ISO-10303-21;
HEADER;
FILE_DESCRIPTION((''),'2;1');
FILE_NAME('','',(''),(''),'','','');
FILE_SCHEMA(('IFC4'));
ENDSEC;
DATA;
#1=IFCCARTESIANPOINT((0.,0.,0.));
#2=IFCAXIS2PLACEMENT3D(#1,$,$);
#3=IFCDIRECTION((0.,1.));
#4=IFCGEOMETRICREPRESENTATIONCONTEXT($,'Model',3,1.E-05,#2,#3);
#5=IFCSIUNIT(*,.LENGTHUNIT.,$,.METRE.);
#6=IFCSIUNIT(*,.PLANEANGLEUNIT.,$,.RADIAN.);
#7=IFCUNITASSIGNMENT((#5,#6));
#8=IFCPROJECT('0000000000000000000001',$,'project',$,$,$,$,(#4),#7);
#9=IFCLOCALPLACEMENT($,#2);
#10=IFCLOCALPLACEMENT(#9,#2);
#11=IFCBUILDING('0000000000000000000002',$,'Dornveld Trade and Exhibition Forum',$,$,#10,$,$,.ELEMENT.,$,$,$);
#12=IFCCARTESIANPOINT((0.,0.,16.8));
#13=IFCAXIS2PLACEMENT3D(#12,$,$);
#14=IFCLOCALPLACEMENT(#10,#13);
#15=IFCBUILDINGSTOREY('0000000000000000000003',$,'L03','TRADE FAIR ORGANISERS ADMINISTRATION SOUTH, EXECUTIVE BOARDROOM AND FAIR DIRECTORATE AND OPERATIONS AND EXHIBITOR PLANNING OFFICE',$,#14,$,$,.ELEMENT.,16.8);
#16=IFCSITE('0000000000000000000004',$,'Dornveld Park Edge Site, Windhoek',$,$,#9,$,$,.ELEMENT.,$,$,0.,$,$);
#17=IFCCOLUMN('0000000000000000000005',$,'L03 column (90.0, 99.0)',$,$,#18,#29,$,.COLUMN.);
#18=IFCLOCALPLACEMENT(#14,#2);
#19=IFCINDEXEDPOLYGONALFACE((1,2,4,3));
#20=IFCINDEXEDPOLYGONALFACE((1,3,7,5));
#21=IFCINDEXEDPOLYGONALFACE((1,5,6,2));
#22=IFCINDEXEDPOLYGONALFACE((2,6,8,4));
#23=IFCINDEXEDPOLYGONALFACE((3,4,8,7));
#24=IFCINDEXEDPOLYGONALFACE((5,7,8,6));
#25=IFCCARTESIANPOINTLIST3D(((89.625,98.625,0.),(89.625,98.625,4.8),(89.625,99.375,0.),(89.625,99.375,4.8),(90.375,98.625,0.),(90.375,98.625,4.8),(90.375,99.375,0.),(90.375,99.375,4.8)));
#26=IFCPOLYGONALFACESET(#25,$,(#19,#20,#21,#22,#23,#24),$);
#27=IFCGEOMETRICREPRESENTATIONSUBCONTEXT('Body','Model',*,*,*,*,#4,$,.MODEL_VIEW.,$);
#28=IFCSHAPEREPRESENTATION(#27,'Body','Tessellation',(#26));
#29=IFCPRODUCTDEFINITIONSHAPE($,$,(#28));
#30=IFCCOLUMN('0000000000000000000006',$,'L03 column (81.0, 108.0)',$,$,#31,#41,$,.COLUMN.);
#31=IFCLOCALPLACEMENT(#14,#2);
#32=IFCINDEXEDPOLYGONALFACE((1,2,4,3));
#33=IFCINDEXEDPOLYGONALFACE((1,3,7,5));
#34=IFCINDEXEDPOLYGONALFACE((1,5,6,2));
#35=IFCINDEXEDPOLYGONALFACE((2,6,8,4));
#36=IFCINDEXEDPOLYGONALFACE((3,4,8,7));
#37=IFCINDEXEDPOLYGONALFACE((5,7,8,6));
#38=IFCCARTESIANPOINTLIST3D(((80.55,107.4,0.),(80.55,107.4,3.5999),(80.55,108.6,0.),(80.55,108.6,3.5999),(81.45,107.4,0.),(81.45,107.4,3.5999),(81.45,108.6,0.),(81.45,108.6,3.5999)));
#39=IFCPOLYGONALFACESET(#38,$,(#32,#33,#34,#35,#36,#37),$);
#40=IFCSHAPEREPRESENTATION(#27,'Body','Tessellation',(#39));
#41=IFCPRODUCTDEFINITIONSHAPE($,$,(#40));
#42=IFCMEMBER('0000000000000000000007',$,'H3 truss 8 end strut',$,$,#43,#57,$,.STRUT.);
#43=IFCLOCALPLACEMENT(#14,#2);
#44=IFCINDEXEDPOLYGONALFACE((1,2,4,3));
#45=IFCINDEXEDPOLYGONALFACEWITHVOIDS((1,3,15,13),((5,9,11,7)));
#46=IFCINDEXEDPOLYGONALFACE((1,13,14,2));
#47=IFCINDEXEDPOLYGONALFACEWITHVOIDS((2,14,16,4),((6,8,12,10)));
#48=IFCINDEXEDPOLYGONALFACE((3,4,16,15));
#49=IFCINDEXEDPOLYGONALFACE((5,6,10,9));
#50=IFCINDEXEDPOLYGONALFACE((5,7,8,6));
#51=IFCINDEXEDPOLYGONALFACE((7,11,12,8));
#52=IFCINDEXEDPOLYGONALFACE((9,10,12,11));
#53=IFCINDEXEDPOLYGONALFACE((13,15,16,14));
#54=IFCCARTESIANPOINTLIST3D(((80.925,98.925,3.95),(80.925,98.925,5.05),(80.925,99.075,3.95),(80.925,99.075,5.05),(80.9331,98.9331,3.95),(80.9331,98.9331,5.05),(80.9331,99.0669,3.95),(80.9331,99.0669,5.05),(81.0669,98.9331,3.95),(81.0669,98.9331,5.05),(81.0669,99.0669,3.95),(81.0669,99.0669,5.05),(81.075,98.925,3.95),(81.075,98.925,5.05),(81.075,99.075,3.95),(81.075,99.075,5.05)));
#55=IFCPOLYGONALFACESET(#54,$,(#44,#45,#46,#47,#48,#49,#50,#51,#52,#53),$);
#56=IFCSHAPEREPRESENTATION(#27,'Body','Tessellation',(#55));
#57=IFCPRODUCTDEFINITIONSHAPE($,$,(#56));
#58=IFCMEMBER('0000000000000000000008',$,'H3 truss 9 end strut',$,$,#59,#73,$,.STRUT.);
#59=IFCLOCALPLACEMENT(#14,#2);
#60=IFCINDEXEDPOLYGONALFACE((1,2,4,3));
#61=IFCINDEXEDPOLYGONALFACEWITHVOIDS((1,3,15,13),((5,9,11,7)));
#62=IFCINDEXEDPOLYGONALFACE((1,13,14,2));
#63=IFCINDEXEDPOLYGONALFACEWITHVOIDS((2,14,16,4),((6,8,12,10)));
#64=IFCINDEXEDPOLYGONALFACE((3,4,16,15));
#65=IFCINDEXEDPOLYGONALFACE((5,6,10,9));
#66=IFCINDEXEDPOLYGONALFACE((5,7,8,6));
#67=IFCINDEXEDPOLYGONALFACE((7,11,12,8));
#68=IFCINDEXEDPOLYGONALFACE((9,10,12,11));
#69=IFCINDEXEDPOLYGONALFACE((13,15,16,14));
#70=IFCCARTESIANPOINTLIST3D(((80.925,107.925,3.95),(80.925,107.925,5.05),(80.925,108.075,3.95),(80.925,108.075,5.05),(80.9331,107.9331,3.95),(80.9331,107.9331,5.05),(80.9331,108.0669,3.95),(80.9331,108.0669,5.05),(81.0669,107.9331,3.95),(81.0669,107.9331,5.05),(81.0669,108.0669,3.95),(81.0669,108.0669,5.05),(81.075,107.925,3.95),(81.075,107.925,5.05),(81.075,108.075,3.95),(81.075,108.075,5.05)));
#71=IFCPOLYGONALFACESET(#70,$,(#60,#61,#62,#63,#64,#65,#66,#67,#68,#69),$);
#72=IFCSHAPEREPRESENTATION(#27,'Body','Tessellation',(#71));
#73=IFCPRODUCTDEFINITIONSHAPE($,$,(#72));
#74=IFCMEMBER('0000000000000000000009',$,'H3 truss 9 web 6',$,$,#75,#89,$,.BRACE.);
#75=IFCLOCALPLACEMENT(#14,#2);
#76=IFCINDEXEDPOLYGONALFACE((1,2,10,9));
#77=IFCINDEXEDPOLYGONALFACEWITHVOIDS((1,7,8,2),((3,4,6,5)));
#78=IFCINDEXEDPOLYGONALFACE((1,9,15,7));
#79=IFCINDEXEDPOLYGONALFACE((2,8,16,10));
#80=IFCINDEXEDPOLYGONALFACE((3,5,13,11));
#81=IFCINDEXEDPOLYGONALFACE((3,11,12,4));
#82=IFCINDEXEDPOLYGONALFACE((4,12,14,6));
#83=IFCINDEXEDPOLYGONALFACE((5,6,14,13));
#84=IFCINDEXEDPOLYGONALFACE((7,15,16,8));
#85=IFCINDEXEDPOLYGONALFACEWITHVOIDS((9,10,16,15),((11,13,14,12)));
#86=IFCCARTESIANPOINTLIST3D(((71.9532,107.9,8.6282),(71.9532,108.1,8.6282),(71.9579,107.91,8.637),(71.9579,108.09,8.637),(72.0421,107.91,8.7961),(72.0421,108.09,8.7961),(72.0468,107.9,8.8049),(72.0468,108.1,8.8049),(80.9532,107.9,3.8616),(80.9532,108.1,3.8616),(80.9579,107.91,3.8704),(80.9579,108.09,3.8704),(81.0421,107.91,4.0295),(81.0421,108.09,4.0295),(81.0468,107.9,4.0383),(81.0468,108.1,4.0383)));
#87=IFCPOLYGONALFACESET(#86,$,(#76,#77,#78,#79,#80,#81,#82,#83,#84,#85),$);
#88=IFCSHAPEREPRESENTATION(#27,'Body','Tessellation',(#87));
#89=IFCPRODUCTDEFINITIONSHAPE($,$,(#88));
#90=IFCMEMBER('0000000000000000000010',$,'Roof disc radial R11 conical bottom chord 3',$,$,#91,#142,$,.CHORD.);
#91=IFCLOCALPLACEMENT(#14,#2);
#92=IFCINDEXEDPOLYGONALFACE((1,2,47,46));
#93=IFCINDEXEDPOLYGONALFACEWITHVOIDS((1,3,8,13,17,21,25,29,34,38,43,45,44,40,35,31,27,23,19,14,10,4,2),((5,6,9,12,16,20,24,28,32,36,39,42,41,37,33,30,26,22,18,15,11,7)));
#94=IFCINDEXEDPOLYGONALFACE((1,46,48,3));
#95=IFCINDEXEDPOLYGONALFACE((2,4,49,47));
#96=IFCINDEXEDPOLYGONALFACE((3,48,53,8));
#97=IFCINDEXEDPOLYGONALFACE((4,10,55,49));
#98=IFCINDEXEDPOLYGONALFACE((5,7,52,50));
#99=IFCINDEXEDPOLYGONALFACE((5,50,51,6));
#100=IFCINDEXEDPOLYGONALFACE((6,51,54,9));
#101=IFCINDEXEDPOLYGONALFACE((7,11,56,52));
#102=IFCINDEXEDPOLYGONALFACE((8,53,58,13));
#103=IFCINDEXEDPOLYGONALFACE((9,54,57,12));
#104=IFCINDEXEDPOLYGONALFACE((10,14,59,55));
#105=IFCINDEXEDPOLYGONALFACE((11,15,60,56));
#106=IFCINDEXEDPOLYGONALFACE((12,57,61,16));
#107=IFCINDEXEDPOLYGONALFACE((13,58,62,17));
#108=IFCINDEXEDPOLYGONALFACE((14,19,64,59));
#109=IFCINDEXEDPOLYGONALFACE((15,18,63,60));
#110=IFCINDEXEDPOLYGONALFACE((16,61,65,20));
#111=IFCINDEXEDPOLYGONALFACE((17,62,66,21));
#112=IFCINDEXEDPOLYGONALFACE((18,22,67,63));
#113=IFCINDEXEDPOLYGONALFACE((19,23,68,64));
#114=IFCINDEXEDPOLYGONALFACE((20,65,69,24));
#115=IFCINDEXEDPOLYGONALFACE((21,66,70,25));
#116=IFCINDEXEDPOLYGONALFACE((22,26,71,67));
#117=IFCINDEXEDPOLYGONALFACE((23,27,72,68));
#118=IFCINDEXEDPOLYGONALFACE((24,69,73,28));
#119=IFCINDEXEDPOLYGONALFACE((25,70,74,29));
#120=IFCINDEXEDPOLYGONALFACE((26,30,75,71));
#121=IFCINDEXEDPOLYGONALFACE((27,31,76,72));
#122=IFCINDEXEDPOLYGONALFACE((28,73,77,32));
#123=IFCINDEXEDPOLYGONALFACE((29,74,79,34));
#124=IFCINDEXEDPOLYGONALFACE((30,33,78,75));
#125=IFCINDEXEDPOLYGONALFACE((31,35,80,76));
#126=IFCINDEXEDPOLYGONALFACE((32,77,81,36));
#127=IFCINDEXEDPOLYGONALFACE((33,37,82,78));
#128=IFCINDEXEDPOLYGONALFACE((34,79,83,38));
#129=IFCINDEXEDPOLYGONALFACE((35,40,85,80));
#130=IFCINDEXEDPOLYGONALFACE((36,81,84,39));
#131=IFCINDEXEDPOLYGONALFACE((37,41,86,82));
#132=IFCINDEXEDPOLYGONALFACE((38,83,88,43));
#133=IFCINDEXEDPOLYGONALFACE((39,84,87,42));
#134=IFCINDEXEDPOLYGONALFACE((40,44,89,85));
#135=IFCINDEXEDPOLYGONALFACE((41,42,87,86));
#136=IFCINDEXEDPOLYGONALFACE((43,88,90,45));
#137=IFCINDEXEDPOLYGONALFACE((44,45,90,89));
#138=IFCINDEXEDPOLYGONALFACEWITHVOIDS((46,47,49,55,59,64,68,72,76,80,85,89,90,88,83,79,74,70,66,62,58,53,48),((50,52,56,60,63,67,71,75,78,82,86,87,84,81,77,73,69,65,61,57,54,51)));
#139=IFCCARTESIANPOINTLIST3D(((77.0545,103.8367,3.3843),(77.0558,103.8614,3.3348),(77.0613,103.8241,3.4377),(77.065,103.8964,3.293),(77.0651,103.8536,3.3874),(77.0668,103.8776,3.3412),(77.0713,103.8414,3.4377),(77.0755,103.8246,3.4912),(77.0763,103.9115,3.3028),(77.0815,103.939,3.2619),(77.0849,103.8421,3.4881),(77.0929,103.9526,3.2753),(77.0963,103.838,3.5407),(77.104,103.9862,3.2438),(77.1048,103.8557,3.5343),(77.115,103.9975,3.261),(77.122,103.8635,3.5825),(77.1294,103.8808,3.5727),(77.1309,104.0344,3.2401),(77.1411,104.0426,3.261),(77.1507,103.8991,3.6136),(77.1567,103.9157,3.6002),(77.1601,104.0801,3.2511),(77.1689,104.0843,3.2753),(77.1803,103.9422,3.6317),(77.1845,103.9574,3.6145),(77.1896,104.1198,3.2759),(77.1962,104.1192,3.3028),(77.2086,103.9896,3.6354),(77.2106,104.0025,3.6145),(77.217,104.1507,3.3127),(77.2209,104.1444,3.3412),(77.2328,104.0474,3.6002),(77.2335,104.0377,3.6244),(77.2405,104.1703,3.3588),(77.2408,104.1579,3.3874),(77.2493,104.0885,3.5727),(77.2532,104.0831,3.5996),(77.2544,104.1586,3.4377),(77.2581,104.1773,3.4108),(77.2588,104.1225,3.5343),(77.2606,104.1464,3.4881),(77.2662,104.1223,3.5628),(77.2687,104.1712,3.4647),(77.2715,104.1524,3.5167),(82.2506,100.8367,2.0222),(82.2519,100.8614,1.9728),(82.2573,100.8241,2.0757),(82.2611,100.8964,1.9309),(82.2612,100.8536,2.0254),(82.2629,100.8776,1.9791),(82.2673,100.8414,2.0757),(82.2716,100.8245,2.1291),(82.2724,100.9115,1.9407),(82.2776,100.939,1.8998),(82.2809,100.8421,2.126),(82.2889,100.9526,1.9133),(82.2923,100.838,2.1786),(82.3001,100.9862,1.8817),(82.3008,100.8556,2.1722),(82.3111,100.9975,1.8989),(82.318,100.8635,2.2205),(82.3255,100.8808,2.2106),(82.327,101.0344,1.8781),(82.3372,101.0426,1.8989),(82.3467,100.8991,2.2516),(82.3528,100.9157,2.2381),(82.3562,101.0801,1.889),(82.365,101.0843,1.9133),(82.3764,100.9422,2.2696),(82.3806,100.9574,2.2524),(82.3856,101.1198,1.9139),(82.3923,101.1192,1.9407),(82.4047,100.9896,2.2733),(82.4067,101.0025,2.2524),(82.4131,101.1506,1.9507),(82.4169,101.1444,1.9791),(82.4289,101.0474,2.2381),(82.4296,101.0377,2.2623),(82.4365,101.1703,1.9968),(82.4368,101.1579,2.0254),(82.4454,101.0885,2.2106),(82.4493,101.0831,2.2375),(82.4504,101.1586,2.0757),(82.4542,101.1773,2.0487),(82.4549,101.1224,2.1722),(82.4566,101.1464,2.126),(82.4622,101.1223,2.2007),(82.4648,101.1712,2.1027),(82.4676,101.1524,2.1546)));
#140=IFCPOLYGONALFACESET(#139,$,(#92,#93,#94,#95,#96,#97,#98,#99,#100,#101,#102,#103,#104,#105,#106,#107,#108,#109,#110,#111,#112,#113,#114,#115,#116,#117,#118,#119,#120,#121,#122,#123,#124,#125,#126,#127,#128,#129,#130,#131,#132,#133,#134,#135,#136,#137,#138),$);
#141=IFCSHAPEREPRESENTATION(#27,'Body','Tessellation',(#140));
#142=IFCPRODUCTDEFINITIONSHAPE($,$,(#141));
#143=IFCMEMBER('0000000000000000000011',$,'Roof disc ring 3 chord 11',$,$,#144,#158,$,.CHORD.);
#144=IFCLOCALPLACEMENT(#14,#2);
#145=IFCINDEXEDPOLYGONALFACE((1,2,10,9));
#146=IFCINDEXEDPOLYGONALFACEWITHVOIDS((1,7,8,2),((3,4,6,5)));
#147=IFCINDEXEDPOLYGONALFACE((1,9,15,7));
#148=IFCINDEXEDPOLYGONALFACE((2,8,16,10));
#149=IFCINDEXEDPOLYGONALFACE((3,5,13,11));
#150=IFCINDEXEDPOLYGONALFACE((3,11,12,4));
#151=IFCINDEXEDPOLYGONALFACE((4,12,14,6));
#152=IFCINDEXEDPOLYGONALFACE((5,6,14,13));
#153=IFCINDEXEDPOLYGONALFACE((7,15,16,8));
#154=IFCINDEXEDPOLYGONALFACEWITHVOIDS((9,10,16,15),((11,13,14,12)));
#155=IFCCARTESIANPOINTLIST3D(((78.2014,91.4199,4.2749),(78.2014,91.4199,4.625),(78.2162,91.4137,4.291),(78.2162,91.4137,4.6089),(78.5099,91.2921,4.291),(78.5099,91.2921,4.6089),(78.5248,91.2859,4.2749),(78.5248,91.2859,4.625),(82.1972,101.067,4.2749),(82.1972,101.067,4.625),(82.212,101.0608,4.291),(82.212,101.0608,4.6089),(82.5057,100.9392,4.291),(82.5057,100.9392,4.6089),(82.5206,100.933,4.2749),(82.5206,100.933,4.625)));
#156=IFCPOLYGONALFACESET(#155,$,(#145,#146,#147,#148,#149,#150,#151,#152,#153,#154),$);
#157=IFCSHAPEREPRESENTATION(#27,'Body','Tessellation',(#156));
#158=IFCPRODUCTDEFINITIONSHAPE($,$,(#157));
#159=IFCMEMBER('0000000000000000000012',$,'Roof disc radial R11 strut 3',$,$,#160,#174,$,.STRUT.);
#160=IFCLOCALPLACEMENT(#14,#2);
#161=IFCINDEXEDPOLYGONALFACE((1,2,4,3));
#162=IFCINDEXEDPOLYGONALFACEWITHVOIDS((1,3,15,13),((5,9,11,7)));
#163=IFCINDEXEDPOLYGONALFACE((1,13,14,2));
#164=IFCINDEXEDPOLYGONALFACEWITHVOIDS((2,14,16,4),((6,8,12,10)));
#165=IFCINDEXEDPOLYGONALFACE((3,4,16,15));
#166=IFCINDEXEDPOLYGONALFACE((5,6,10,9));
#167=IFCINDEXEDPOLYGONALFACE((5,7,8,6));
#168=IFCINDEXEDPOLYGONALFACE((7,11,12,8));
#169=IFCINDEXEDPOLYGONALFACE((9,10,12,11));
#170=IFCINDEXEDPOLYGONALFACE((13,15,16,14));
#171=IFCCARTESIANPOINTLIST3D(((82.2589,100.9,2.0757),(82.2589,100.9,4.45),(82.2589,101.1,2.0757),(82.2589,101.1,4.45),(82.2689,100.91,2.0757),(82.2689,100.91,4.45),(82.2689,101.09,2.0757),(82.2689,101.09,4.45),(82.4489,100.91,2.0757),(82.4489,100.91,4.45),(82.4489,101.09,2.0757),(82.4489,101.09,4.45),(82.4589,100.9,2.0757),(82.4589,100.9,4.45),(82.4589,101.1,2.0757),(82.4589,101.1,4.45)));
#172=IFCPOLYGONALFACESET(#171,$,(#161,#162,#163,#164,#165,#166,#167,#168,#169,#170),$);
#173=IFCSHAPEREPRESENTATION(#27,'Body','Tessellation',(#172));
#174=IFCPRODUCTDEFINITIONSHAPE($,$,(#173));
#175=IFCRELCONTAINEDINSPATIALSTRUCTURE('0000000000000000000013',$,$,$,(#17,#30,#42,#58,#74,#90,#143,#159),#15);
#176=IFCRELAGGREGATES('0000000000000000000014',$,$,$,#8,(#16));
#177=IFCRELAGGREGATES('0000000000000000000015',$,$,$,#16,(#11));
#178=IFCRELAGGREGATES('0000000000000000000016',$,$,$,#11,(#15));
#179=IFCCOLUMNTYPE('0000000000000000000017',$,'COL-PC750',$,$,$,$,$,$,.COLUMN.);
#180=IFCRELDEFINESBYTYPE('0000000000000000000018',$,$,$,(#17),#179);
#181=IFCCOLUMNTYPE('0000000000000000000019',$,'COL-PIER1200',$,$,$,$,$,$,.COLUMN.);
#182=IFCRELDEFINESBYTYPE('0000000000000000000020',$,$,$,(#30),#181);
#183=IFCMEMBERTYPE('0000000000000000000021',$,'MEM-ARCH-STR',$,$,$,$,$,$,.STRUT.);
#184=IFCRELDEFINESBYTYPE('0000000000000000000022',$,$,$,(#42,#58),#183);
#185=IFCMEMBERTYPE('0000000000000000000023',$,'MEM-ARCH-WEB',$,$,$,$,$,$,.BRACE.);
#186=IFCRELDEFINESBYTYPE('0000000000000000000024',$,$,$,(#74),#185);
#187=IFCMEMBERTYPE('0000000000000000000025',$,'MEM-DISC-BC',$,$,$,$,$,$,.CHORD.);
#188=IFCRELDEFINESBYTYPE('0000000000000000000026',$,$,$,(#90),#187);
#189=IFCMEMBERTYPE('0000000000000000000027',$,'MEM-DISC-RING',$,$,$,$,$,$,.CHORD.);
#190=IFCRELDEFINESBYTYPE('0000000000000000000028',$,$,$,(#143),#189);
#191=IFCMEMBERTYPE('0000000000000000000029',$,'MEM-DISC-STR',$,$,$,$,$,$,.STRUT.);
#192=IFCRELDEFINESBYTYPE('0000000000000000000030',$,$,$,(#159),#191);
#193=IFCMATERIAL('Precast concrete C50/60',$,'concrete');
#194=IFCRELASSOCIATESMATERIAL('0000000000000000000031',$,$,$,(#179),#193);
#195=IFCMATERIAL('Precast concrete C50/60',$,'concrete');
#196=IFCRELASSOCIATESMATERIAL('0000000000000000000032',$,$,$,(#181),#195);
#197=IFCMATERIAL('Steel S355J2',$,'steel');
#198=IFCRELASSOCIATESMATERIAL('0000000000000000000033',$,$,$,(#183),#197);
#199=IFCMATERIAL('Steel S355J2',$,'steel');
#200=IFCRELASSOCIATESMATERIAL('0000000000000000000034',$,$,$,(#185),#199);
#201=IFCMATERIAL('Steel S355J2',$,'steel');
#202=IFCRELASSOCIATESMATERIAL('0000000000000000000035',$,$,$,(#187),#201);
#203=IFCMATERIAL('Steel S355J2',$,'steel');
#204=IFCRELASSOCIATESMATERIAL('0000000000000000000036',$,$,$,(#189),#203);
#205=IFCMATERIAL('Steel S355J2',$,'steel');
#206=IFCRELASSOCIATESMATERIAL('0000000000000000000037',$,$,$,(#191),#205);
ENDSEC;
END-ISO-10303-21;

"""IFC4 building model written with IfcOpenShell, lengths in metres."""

from ifc_helpers import new_model, si_unit, direction, frame, origin, origin_2d, place, context, subcontext, project, spatial, rectangle, hollow_rectangle, hollow_circle, extrude, material, material_profile, profile_set, type_object, element, save


model = new_model("IFC4")

# Units and contexts
model_context = context("Model", 3, precision=1e-05, world=origin(), true_north=direction((0.0, 1.0)))
body_context = subcontext(model_context, "Body", "Model", "MODEL_VIEW")
ifc_project = project(units=[si_unit("LENGTHUNIT", "METRE"), si_unit("PLANEANGLEUNIT", "RADIAN")], contexts=[model_context])

# Site, building, storey
site_placement = place(None, origin())
site = spatial("IfcSite", under=ifc_project, at=site_placement, Name="Dornveld Park Edge Site, Windhoek", CompositionType="ELEMENT", RefElevation=0.0)
building_placement = place(site_placement, origin())
building = spatial("IfcBuilding", under=site, at=building_placement, Name="Dornveld Trade and Exhibition Forum", CompositionType="ELEMENT")
storey_placement = place(building_placement, frame((0.0, 0.0, 16.8)))
storey = spatial("IfcBuildingStorey", under=building, at=storey_placement, Name="L03", Description="TRADE FAIR ORGANISERS ADMINISTRATION SOUTH, EXECUTIVE BOARDROOM AND FAIR DIRECTORATE AND OPERATIONS AND EXHIBITOR PLANNING OFFICE", CompositionType="ELEMENT", Elevation=16.8)

# Columns
ifc_material_1 = material(Name="Precast concrete C50/60", Category="concrete")
ifc_material_profile_1 = material_profile(ifc_material_1, rectangle(XDim=0.75, YDim=0.75, at=origin_2d()), Name="PC-COL 750x750")
ifc_profile_set_1 = profile_set([ifc_material_profile_1], Name="Precast concrete C50/60")
column_type_1 = type_object("IfcColumnType", Name="COL-PC750", PredefinedType="COLUMN", material=ifc_profile_set_1)
column_1_placement = place(storey_placement, frame((90.0, 99.0, 0.0), z_axis=(0.0, 0.0, 1.0), x_axis=(1.0, 0.0, 0.0)))
element("IfcColumn", 1, at=column_1_placement, inside=storey, type_object=column_type_1, Name="L03 column (90.0, 99.0)", PredefinedType="COLUMN", context=body_context, shape_type="SweptSolid", body=[
    extrude(rectangle(XDim=0.75, YDim=0.75, at=origin_2d()), origin(), (0.0, 0.0, 1.0), 4.8),
])
ifc_material_2 = material(Name="Precast concrete C50/60", Category="concrete")
ifc_material_profile_2 = material_profile(ifc_material_2, rectangle(XDim=1.2, YDim=0.8999, at=origin_2d()), Name="PC-PIER 1200x900")
ifc_profile_set_2 = profile_set([ifc_material_profile_2], Name="Precast concrete C50/60")
column_type_2 = type_object("IfcColumnType", Name="COL-PIER1200", PredefinedType="COLUMN", material=ifc_profile_set_2)
column_2_placement = place(storey_placement, frame((81.0, 108.0, 0.0), z_axis=(0.0, 0.0, 1.0), x_axis=(0.0, 1.0, 0.0)))
element("IfcColumn", 2, at=column_2_placement, inside=storey, type_object=column_type_2, Name="L03 column (81.0, 108.0)", PredefinedType="COLUMN", context=body_context, shape_type="SweptSolid", body=[
    extrude(rectangle(XDim=1.2, YDim=0.8999, at=origin_2d()), origin(), (0.0, 0.0, 1.0), 3.5999),
])

# Members
ifc_material_3 = material(Name="Steel S355J2", Category="steel")
ifc_material_profile_3 = material_profile(ifc_material_3, hollow_rectangle(XDim=0.1499, YDim=0.1499, WallThickness=0.0081, at=origin_2d()), Name="SHS 150x150x8")
ifc_profile_set_3 = profile_set([ifc_material_profile_3], Name="Steel S355J2")
member_type_1 = type_object("IfcMemberType", Name="MEM-ARCH-STR", PredefinedType="STRUT", material=ifc_profile_set_3)
for number, where, z_axis, x_axis, name in (
    (3, (81.0, 99.0, 3.95), (0.0, 0.0, 1.0), (1.0, 0.0, 0.0), "H3 truss 8 end strut"),
    (4, (81.0, 108.0, 3.95), (0.0, 0.0, 1.0), (1.0, 0.0, 0.0), "H3 truss 9 end strut"),
):
    element("IfcMember", number, at=place(storey_placement, frame(where, z_axis=z_axis, x_axis=x_axis)), inside=storey, type_object=member_type_1, Name=name, PredefinedType="STRUT", context=body_context, shape_type="SweptSolid", body=[
        extrude(hollow_rectangle(XDim=0.1499, YDim=0.1499, WallThickness=0.0081, at=origin_2d()), origin(), (0.0, 0.0, 1.0), 1.1001),
    ])
ifc_material_4 = material(Name="Steel S355J2", Category="steel")
ifc_material_profile_4 = material_profile(ifc_material_4, hollow_rectangle(XDim=0.2, YDim=0.2, WallThickness=0.01, at=origin_2d()), Name="SHS 200x200x10")
ifc_profile_set_4 = profile_set([ifc_material_profile_4], Name="Steel S355J2")
member_type_2 = type_object("IfcMemberType", Name="MEM-ARCH-WEB", PredefinedType="BRACE", material=ifc_profile_set_4)
member_1_placement = place(storey_placement, frame((81.0, 108.0, 3.95), z_axis=(-0.883711, 0.0, 0.468033), x_axis=(0.0, -1.0, 0.0)))
element("IfcMember", 5, at=member_1_placement, inside=storey, type_object=member_type_2, Name="H3 truss 9 web 6", PredefinedType="BRACE", context=body_context, shape_type="SweptSolid", body=[
    extrude(hollow_rectangle(XDim=0.2, YDim=0.2, WallThickness=0.01, at=origin_2d()), origin(), (0.0, 0.0, 1.0), 10.1843),
])
ifc_material_5 = material(Name="Steel S355J2", Category="steel")
ifc_material_profile_5 = material_profile(ifc_material_5, hollow_circle(Radius=0.2031, WallThickness=0.02, at=origin_2d()), Name="CHS 406.4x20")
ifc_profile_set_5 = profile_set([ifc_material_profile_5], Name="Steel S355J2")
member_type_3 = type_object("IfcMemberType", Name="MEM-DISC-BC", PredefinedType="CHORD", material=ifc_profile_set_5)
member_2_placement = place(storey_placement, frame((82.3589, 101.0, 2.0757), z_axis=(-0.844533, 0.487601, 0.221381), x_axis=(-0.500008, -0.866021, 0.0)))
element("IfcMember", 6, at=member_2_placement, inside=storey, type_object=member_type_3, Name="Roof disc radial R11 conical bottom chord 3", PredefinedType="CHORD", context=body_context, shape_type="SweptSolid", body=[
    extrude(hollow_circle(Radius=0.2031, WallThickness=0.02, at=origin_2d()), origin(), (0.0, 0.0, 1.0), 6.1526),
])
ifc_material_6 = material(Name="Steel S355J2", Category="steel")
ifc_material_profile_6 = material_profile(ifc_material_6, hollow_rectangle(XDim=0.3501, YDim=0.3501, WallThickness=0.0161, at=origin_2d()), Name="SHS 350x350x16")
ifc_profile_set_6 = profile_set([ifc_material_profile_6], Name="Steel S355J2")
member_type_4 = type_object("IfcMemberType", Name="MEM-DISC-RING", PredefinedType="CHORD", material=ifc_profile_set_6)
member_3_placement = place(storey_placement, frame((82.3589, 101.0, 4.45), z_axis=(-0.38267, -0.923885, 0.0), x_axis=(0.923885, -0.38267, 0.0)))
element("IfcMember", 7, at=member_3_placement, inside=storey, type_object=member_type_4, Name="Roof disc ring 3 chord 11", PredefinedType="CHORD", context=body_context, shape_type="SweptSolid", body=[
    extrude(hollow_rectangle(XDim=0.3501, YDim=0.3501, WallThickness=0.0161, at=origin_2d()), origin(), (0.0, 0.0, 1.0), 10.4419),
])
ifc_material_7 = material(Name="Steel S355J2", Category="steel")
ifc_material_profile_7 = material_profile(ifc_material_7, hollow_rectangle(XDim=0.2, YDim=0.2, WallThickness=0.01, at=origin_2d()), Name="SHS 200x200x10")
ifc_profile_set_7 = profile_set([ifc_material_profile_7], Name="Steel S355J2")
member_type_5 = type_object("IfcMemberType", Name="MEM-DISC-STR", PredefinedType="STRUT", material=ifc_profile_set_7)
member_4_placement = place(storey_placement, frame((82.3589, 101.0, 2.0757), z_axis=(0.0, 0.0, 1.0), x_axis=(1.0, 0.0, 0.0)))
element("IfcMember", 8, at=member_4_placement, inside=storey, type_object=member_type_5, Name="Roof disc radial R11 strut 3", PredefinedType="STRUT", context=body_context, shape_type="SweptSolid", body=[
    extrude(hollow_rectangle(XDim=0.2, YDim=0.2, WallThickness=0.01, at=origin_2d()), origin(), (0.0, 0.0, 1.0), 2.3743),
])

save(model, "model.ifc")
